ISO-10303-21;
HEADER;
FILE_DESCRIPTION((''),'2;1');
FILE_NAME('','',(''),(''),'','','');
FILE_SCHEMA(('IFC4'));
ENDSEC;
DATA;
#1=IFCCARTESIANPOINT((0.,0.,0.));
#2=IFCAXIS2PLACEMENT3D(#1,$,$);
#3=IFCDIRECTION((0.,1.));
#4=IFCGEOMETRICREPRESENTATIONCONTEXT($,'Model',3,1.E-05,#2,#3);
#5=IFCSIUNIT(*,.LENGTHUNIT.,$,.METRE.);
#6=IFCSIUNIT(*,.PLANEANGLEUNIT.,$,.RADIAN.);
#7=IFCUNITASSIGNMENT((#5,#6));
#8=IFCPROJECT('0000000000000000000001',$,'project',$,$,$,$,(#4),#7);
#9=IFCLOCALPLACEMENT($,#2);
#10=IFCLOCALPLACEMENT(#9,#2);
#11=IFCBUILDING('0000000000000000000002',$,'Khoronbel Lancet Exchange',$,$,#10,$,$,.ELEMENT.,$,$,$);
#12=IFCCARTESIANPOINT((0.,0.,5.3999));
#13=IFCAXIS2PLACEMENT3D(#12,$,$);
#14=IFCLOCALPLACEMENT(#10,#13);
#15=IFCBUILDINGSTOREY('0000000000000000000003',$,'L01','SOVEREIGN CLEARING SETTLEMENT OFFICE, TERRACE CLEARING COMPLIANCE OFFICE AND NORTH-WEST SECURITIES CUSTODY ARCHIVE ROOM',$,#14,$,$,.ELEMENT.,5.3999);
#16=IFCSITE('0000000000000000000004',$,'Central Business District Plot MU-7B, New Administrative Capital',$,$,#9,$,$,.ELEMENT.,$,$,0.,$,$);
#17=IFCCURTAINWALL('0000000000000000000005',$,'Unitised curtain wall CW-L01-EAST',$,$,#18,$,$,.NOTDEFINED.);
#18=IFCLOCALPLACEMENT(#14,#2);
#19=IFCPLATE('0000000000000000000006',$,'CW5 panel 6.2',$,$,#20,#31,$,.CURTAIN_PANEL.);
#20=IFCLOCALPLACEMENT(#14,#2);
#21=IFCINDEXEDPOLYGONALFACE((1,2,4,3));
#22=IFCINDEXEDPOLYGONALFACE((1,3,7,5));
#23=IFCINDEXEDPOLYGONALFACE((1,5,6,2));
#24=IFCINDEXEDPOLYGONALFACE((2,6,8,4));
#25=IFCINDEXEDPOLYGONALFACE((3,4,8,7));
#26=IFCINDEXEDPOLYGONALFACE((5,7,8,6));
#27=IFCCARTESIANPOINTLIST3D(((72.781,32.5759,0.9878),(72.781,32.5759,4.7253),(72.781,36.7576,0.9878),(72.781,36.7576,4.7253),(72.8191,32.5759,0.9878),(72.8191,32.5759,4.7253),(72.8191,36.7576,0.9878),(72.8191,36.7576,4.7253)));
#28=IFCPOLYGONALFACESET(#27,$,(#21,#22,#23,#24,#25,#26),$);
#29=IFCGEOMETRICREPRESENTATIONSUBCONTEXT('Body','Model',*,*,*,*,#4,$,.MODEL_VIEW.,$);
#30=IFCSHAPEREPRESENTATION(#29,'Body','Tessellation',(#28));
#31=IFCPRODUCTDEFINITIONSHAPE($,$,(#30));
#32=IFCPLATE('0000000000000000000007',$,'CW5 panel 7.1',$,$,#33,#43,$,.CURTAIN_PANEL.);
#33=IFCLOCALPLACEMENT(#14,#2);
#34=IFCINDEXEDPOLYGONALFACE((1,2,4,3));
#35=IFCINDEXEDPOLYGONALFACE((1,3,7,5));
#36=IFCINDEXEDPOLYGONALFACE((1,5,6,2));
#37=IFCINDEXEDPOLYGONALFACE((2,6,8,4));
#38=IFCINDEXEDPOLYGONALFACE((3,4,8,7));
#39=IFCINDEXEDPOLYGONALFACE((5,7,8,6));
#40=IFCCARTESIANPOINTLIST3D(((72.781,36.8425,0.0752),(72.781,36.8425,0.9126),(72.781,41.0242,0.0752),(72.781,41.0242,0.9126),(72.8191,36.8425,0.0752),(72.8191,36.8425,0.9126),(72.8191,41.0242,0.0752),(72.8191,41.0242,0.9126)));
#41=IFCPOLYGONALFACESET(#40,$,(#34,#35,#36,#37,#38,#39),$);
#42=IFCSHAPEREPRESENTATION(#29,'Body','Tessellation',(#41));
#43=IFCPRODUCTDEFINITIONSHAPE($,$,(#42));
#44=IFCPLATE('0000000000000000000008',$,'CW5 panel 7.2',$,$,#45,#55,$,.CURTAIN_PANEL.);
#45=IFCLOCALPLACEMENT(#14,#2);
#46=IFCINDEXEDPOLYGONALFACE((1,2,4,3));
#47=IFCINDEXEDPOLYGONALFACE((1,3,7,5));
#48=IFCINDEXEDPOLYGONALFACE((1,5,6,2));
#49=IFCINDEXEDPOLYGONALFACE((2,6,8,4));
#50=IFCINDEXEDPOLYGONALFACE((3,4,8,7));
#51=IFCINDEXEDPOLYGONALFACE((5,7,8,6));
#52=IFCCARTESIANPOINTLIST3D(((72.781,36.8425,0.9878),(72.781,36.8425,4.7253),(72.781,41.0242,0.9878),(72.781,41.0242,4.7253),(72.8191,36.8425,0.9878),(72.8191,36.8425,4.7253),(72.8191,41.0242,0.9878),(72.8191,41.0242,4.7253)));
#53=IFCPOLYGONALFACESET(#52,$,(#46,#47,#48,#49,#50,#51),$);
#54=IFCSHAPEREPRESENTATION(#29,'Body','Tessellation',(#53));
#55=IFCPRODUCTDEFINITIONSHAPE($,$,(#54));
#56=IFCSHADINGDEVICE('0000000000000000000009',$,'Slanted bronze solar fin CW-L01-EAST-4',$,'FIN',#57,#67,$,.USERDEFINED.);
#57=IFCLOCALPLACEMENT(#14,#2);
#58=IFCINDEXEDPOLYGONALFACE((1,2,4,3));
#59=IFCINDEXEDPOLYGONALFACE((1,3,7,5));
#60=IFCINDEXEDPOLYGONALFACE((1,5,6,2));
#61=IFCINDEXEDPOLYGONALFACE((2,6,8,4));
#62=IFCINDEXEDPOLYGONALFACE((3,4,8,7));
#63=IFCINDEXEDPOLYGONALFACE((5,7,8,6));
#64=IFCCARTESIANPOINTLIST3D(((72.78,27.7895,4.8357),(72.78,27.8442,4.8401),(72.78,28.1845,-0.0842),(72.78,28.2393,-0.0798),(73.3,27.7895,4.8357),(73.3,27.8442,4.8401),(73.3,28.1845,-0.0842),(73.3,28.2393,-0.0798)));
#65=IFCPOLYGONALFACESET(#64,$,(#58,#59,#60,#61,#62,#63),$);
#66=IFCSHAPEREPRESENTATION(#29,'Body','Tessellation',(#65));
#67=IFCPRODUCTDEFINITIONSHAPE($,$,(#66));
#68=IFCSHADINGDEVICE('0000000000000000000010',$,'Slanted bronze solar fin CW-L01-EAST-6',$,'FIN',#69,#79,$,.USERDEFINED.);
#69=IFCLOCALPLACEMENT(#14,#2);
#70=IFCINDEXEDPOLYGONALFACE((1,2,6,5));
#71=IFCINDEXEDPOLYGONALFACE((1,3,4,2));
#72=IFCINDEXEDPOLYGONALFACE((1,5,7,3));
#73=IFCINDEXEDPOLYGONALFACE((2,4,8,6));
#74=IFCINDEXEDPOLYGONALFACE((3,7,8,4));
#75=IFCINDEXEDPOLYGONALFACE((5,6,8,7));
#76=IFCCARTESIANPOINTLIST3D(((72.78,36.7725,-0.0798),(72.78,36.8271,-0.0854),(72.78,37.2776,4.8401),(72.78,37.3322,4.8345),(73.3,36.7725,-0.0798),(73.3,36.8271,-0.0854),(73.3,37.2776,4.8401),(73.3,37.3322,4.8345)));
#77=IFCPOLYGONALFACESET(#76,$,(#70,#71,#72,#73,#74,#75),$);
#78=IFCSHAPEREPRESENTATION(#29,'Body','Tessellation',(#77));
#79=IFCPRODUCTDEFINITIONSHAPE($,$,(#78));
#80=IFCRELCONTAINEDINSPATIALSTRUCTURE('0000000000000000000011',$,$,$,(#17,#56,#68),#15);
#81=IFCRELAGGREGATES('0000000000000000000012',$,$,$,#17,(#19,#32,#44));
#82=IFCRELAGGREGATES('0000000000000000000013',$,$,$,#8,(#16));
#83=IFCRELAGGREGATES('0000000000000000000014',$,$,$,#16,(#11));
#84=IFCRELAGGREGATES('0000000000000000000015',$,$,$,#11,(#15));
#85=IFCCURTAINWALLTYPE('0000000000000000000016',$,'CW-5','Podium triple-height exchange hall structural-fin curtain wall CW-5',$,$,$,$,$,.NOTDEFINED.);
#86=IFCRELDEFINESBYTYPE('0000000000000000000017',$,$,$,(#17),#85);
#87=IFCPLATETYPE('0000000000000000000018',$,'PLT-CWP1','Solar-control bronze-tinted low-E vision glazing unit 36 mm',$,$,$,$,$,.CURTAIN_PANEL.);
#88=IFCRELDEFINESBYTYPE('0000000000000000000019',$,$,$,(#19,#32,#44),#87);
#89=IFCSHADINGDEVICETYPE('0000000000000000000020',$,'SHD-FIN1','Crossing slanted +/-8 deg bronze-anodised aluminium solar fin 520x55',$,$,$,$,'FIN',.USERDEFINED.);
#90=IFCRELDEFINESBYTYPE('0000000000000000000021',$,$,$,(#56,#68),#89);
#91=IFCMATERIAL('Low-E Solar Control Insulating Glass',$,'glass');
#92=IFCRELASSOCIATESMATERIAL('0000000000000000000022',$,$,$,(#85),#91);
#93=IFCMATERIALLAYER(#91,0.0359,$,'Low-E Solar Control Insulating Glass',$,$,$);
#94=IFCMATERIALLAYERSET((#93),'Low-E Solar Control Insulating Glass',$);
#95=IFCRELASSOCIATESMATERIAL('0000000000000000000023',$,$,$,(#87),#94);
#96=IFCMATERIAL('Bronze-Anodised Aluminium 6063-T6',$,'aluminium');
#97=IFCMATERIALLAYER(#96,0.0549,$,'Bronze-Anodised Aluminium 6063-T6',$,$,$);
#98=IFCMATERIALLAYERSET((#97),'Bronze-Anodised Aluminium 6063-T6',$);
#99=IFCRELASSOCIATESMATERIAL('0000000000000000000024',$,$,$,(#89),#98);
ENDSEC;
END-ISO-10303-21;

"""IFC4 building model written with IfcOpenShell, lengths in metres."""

from ifc_helpers import new_model, si_unit, direction, frame, origin, origin_2d, place, context, subcontext, project, spatial, polyline, rectangle, outline, extrude, material, layer, layer_set, type_object, element, aggregate, save


model = new_model("IFC4")

# Units and contexts
model_context = context("Model", 3, precision=1e-05, world=origin(), true_north=direction((0.0, 1.0)))
body_context = subcontext(model_context, "Body", "Model", "MODEL_VIEW")
ifc_project = project(units=[si_unit("LENGTHUNIT", "METRE"), si_unit("PLANEANGLEUNIT", "RADIAN")], contexts=[model_context])

# Site, building, storey
site_placement = place(None, origin())
site = spatial("IfcSite", under=ifc_project, at=site_placement, Name="Central Business District Plot MU-7B, New Administrative Capital", CompositionType="ELEMENT", RefElevation=0.0)
building_placement = place(site_placement, origin())
building = spatial("IfcBuilding", under=site, at=building_placement, Name="Khoronbel Lancet Exchange", CompositionType="ELEMENT")
storey_placement = place(building_placement, frame((0.0, 0.0, 5.3999)))
storey = spatial("IfcBuildingStorey", under=building, at=storey_placement, Name="L01", Description="SOVEREIGN CLEARING SETTLEMENT OFFICE, TERRACE CLEARING COMPLIANCE OFFICE AND NORTH-WEST SECURITIES CUSTODY ARCHIVE ROOM", CompositionType="ELEMENT", Elevation=5.3999)

# Curtain wall, plates
ifc_material_1 = material(Name="Low-E Solar Control Insulating Glass", Category="glass")
curtain_wall_type = type_object("IfcCurtainWallType", Name="CW-5", Description="Podium triple-height exchange hall structural-fin curtain wall CW-5", PredefinedType="NOTDEFINED", material=ifc_material_1)
curtain_wall_placement = place(storey_placement, origin())
curtain_wall = element("IfcCurtainWall", 1, at=curtain_wall_placement, inside=storey, type_object=curtain_wall_type, Name="Unitised curtain wall CW-L01-EAST", PredefinedType="NOTDEFINED")
ifc_material_2 = material(Name="Bronze-Anodised Aluminium 6063-T6", Category="aluminium")
ifc_layer_1 = layer(ifc_material_1, 0.0359, Name="Low-E Solar Control Insulating Glass")
ifc_layer_set_1 = layer_set([ifc_layer_1], Name="Low-E Solar Control Insulating Glass")
plate_type = type_object("IfcPlateType", Name="PLT-CWP1", Description="Solar-control bronze-tinted low-E vision glazing unit 36 mm", PredefinedType="CURTAIN_PANEL", material=ifc_layer_set_1)
plate_1_placement = place(storey_placement, frame((72.8, 34.6667, 0.9878), z_axis=(0.0, 0.0, 1.0), x_axis=(0.0, 1.0, 0.0)))
plate_1 = element("IfcPlate", 2, at=plate_1_placement, type_object=plate_type, Name="CW5 panel 6.2", PredefinedType="CURTAIN_PANEL", context=body_context, shape_type="SweptSolid", body=[
    extrude(rectangle(XDim=4.1816, YDim=0.0381, at=origin_2d()), origin(), (0.0, 0.0, 1.0), 3.7375),
])
plate_2_placement = place(storey_placement, frame((72.8, 38.9333, 0.0752), z_axis=(0.0, 0.0, 1.0), x_axis=(0.0, 1.0, 0.0)))
plate_2 = element("IfcPlate", 3, at=plate_2_placement, type_object=plate_type, Name="CW5 panel 7.1", PredefinedType="CURTAIN_PANEL", context=body_context, shape_type="SweptSolid", body=[
    extrude(rectangle(XDim=4.1816, YDim=0.0381, at=origin_2d()), origin(), (0.0, 0.0, 1.0), 0.8374),
])
plate_3_placement = place(storey_placement, frame((72.8, 38.9333, 0.9878), z_axis=(0.0, 0.0, 1.0), x_axis=(0.0, 1.0, 0.0)))
plate_3 = element("IfcPlate", 4, at=plate_3_placement, type_object=plate_type, Name="CW5 panel 7.2", PredefinedType="CURTAIN_PANEL", context=body_context, shape_type="SweptSolid", body=[
    extrude(rectangle(XDim=4.1816, YDim=0.0381, at=origin_2d()), origin(), (0.0, 0.0, 1.0), 3.7375),
])
aggregate(curtain_wall, [plate_1, plate_2, plate_3])

# Shading devices
ifc_layer_2 = layer(ifc_material_2, 0.0549, Name="Bronze-Anodised Aluminium 6063-T6")
ifc_layer_set_2 = layer_set([ifc_layer_2], Name="Bronze-Anodised Aluminium 6063-T6")
shading_device_type = type_object("IfcShadingDeviceType", Name="SHD-FIN1", Description="Crossing slanted +/-8 deg bronze-anodised aluminium solar fin 520x55", ElementType="FIN", PredefinedType="USERDEFINED", material=ifc_layer_set_2)
shading_device_1_placement = place(storey_placement, frame((72.78, 28.2393, -0.0798), z_axis=(0.0, 0.996792, 0.080032), x_axis=(1.0, 0.0, 0.0)))
element("IfcShadingDevice", 5, at=shading_device_1_placement, inside=storey, type_object=shading_device_type, Name="Slanted bronze solar fin CW-L01-EAST-4", ObjectType="FIN", PredefinedType="USERDEFINED", context=body_context, shape_type="SweptSolid", body=[
    extrude(outline(polyline([(0.0, 0.0), (0.52, 0.0), (0.52, -4.9358), (0.0, -4.9358), (0.0, 0.0)])), origin(), (0.0, 0.0, -1.0), 0.0549),
])
shading_device_2_placement = place(storey_placement, frame((72.78, 36.7725, -0.0798), z_axis=(0.0, -0.994771, 0.102133), x_axis=(1.0, 0.0, 0.0)))
element("IfcShadingDevice", 6, at=shading_device_2_placement, inside=storey, type_object=shading_device_type, Name="Slanted bronze solar fin CW-L01-EAST-6", ObjectType="FIN", PredefinedType="USERDEFINED", context=body_context, shape_type="SweptSolid", body=[
    extrude(outline(polyline([(0.0, 0.0), (0.52, 0.0), (0.52, 4.9458), (0.0, 4.9458), (0.0, 0.0)])), origin(), (0.0, 0.0, -1.0), 0.0549),
])

save(model, "model.ifc")
